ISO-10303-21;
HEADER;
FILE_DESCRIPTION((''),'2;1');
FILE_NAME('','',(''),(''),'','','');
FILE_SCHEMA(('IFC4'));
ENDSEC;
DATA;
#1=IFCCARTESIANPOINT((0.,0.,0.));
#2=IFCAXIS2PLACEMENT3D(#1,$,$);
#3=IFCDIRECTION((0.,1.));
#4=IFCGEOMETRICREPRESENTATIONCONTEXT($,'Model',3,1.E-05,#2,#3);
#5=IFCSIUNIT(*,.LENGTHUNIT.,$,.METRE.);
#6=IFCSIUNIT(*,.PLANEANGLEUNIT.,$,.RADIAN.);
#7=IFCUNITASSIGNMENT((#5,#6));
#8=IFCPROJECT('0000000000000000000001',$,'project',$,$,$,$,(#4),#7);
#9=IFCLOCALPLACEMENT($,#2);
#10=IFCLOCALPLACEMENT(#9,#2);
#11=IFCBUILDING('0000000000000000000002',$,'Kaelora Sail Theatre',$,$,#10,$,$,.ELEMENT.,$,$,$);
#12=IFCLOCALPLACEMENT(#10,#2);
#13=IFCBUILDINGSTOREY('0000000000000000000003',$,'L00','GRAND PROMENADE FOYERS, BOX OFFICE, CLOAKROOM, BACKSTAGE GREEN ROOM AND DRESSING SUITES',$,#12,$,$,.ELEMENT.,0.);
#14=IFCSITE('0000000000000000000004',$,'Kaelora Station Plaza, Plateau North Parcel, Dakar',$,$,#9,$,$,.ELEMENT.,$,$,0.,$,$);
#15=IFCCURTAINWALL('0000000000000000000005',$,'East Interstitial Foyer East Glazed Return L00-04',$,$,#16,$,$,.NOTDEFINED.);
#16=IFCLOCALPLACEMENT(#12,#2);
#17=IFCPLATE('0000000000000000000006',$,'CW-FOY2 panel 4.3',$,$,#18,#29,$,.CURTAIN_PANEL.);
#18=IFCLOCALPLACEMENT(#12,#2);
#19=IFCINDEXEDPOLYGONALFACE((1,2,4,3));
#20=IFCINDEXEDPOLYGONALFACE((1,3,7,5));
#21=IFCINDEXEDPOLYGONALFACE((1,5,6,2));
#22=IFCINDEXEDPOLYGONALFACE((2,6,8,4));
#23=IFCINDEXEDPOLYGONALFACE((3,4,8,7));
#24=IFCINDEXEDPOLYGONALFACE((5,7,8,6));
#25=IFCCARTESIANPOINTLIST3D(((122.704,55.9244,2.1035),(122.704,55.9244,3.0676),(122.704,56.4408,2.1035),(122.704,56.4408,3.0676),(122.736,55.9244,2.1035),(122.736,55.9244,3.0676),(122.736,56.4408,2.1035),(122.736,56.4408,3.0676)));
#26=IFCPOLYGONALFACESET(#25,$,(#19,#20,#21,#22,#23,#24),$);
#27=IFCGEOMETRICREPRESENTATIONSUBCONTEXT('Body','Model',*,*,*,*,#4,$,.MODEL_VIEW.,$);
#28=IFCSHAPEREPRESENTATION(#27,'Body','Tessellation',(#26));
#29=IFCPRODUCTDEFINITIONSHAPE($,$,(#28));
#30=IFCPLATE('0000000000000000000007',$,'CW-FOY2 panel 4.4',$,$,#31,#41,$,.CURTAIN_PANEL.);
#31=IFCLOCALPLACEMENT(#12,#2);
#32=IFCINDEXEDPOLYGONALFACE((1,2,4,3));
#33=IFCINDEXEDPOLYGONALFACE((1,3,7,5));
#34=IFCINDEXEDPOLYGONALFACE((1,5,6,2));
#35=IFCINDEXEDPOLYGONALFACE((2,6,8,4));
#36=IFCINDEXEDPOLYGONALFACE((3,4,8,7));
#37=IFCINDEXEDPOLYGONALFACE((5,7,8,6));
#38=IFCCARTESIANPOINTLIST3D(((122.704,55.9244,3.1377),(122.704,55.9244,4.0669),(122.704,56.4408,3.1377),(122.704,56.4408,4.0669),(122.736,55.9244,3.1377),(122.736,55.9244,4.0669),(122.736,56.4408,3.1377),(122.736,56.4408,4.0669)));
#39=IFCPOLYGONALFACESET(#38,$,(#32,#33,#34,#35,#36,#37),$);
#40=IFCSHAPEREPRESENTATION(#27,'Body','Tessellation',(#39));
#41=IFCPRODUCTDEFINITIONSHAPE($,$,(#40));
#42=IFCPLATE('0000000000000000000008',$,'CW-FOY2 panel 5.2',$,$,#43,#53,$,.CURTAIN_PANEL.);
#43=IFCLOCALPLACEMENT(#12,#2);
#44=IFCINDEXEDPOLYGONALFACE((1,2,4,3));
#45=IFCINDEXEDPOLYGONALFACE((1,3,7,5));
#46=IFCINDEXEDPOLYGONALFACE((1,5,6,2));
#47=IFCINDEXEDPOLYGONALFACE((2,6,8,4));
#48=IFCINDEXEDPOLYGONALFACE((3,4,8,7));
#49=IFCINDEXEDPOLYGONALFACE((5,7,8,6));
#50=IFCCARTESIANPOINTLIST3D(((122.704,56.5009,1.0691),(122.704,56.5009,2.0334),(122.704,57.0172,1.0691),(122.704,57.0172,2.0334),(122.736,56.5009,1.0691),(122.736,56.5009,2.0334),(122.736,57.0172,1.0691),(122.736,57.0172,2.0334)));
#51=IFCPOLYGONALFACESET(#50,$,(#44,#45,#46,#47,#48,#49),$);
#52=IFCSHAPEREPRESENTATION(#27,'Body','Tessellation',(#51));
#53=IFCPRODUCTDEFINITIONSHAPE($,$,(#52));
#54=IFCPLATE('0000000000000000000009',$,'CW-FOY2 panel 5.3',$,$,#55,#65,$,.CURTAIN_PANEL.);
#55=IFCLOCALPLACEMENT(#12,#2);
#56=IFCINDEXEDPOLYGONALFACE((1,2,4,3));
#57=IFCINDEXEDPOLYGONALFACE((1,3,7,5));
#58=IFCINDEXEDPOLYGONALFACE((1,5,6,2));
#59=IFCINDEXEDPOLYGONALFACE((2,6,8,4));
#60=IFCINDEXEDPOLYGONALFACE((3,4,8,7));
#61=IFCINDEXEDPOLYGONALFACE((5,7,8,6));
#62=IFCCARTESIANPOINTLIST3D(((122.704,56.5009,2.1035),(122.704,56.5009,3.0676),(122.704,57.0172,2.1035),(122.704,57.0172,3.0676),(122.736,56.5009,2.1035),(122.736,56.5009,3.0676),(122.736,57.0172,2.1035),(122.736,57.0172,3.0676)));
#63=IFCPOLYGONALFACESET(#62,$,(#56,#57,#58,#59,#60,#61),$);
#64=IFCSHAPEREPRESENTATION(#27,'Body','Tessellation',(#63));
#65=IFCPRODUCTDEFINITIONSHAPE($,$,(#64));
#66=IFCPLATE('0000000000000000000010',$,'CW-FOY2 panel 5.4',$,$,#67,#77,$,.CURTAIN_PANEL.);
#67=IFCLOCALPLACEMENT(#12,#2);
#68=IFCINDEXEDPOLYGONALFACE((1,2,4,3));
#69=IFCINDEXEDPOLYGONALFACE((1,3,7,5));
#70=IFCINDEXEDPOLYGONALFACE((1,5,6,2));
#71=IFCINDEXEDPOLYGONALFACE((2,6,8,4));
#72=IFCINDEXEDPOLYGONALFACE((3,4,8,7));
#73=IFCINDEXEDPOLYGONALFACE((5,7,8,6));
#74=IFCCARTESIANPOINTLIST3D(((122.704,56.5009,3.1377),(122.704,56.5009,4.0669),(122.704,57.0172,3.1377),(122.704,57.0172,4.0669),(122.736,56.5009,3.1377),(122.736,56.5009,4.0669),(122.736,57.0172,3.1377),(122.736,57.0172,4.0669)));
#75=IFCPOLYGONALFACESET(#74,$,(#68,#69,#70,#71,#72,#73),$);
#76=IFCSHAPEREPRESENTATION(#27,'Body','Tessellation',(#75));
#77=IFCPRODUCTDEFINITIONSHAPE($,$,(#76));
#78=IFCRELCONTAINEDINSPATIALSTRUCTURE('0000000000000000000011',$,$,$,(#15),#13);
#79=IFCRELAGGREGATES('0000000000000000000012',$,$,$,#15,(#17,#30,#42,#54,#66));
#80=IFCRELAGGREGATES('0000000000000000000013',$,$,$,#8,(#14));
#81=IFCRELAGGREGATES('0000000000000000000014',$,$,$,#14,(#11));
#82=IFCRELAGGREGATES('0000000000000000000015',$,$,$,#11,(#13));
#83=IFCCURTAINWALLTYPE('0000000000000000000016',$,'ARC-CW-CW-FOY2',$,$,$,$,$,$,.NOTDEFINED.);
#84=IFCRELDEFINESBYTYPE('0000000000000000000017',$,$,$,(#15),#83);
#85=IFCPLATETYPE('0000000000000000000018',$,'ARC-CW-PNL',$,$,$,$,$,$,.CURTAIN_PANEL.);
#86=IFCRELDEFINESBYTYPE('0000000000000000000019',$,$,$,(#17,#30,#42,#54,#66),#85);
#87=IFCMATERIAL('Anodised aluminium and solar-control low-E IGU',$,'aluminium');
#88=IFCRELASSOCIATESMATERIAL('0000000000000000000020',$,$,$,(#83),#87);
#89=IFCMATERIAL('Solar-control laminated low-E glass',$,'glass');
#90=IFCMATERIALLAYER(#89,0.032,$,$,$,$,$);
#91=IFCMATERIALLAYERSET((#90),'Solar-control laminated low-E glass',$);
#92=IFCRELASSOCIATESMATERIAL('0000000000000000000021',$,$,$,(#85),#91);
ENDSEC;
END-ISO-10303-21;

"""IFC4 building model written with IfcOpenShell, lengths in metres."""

from ifc_helpers import new_model, si_unit, direction, frame, origin, origin_2d, place, context, subcontext, project, spatial, rectangle, extrude, material, layer, layer_set, type_object, element, aggregate, save


model = new_model("IFC4")

# Units and contexts
model_context = context("Model", 3, precision=1e-05, world=origin(), true_north=direction((0.0, 1.0)))
body_context = subcontext(model_context, "Body", "Model", "MODEL_VIEW")
ifc_project = project(units=[si_unit("LENGTHUNIT", "METRE"), si_unit("PLANEANGLEUNIT", "RADIAN")], contexts=[model_context])

# Site, building, storey
site_placement = place(None, origin())
site = spatial("IfcSite", under=ifc_project, at=site_placement, Name="Kaelora Station Plaza, Plateau North Parcel, Dakar", CompositionType="ELEMENT", RefElevation=0.0)
building_placement = place(site_placement, origin())
building = spatial("IfcBuilding", under=site, at=building_placement, Name="Kaelora Sail Theatre", CompositionType="ELEMENT")
storey_placement = place(building_placement, origin())
storey = spatial("IfcBuildingStorey", under=building, at=storey_placement, Name="L00", Description="GRAND PROMENADE FOYERS, BOX OFFICE, CLOAKROOM, BACKSTAGE GREEN ROOM AND DRESSING SUITES", CompositionType="ELEMENT", Elevation=0.0)

# Curtain wall, plates
ifc_material_1 = material(Name="Anodised aluminium and solar-control low-E IGU", Category="aluminium")
curtain_wall_type = type_object("IfcCurtainWallType", Name="ARC-CW-CW-FOY2", PredefinedType="NOTDEFINED", material=ifc_material_1)
curtain_wall_placement = place(storey_placement, origin())
curtain_wall = element("IfcCurtainWall", 1, at=curtain_wall_placement, inside=storey, type_object=curtain_wall_type, Name="East Interstitial Foyer East Glazed Return L00-04", PredefinedType="NOTDEFINED")
ifc_material_2 = material(Name="Solar-control laminated low-E glass", Category="glass")
ifc_layer = layer(ifc_material_2, 0.032)
ifc_layer_set = layer_set([ifc_layer], Name="Solar-control laminated low-E glass")
plate_type = type_object("IfcPlateType", Name="ARC-CW-PNL", PredefinedType="CURTAIN_PANEL", material=ifc_layer_set)
plate_1_placement = place(storey_placement, frame((122.72, 56.1826, 2.1035), z_axis=(0.0, 0.0, 1.0), x_axis=(0.0, 1.0, 0.0)))
plate_1 = element("IfcPlate", 2, at=plate_1_placement, type_object=plate_type, Name="CW-FOY2 panel 4.3", PredefinedType="CURTAIN_PANEL", context=body_context, shape_type="SweptSolid", body=[
    extrude(rectangle(XDim=0.5164, YDim=0.032, at=origin_2d()), origin(), (0.0, 0.0, 1.0), 0.9641),
])
plate_2_placement = place(storey_placement, frame((122.72, 56.1826, 3.1377), z_axis=(0.0, 0.0, 1.0), x_axis=(0.0, 1.0, 0.0)))
plate_2 = element("IfcPlate", 3, at=plate_2_placement, type_object=plate_type, Name="CW-FOY2 panel 4.4", PredefinedType="CURTAIN_PANEL", context=body_context, shape_type="SweptSolid", body=[
    extrude(rectangle(XDim=0.5164, YDim=0.032, at=origin_2d()), origin(), (0.0, 0.0, 1.0), 0.9292),
])
plate_3_placement = place(storey_placement, frame((122.72, 56.759, 1.0691), z_axis=(0.0, 0.0, 1.0), x_axis=(0.0, 1.0, 0.0)))
plate_3 = element("IfcPlate", 4, at=plate_3_placement, type_object=plate_type, Name="CW-FOY2 panel 5.2", PredefinedType="CURTAIN_PANEL", context=body_context, shape_type="SweptSolid", body=[
    extrude(rectangle(XDim=0.5164, YDim=0.032, at=origin_2d()), origin(), (0.0, 0.0, 1.0), 0.9644),
])
plate_4_placement = place(storey_placement, frame((122.72, 56.759, 2.1035), z_axis=(0.0, 0.0, 1.0), x_axis=(0.0, 1.0, 0.0)))
plate_4 = element("IfcPlate", 5, at=plate_4_placement, type_object=plate_type, Name="CW-FOY2 panel 5.3", PredefinedType="CURTAIN_PANEL", context=body_context, shape_type="SweptSolid", body=[
    extrude(rectangle(XDim=0.5164, YDim=0.032, at=origin_2d()), origin(), (0.0, 0.0, 1.0), 0.9641),
])
plate_5_placement = place(storey_placement, frame((122.72, 56.759, 3.1377), z_axis=(0.0, 0.0, 1.0), x_axis=(0.0, 1.0, 0.0)))
plate_5 = element("IfcPlate", 6, at=plate_5_placement, type_object=plate_type, Name="CW-FOY2 panel 5.4", PredefinedType="CURTAIN_PANEL", context=body_context, shape_type="SweptSolid", body=[
    extrude(rectangle(XDim=0.5164, YDim=0.032, at=origin_2d()), origin(), (0.0, 0.0, 1.0), 0.9292),
])
aggregate(curtain_wall, [plate_1, plate_2, plate_3, plate_4, plate_5])

save(model, "model.ifc")
